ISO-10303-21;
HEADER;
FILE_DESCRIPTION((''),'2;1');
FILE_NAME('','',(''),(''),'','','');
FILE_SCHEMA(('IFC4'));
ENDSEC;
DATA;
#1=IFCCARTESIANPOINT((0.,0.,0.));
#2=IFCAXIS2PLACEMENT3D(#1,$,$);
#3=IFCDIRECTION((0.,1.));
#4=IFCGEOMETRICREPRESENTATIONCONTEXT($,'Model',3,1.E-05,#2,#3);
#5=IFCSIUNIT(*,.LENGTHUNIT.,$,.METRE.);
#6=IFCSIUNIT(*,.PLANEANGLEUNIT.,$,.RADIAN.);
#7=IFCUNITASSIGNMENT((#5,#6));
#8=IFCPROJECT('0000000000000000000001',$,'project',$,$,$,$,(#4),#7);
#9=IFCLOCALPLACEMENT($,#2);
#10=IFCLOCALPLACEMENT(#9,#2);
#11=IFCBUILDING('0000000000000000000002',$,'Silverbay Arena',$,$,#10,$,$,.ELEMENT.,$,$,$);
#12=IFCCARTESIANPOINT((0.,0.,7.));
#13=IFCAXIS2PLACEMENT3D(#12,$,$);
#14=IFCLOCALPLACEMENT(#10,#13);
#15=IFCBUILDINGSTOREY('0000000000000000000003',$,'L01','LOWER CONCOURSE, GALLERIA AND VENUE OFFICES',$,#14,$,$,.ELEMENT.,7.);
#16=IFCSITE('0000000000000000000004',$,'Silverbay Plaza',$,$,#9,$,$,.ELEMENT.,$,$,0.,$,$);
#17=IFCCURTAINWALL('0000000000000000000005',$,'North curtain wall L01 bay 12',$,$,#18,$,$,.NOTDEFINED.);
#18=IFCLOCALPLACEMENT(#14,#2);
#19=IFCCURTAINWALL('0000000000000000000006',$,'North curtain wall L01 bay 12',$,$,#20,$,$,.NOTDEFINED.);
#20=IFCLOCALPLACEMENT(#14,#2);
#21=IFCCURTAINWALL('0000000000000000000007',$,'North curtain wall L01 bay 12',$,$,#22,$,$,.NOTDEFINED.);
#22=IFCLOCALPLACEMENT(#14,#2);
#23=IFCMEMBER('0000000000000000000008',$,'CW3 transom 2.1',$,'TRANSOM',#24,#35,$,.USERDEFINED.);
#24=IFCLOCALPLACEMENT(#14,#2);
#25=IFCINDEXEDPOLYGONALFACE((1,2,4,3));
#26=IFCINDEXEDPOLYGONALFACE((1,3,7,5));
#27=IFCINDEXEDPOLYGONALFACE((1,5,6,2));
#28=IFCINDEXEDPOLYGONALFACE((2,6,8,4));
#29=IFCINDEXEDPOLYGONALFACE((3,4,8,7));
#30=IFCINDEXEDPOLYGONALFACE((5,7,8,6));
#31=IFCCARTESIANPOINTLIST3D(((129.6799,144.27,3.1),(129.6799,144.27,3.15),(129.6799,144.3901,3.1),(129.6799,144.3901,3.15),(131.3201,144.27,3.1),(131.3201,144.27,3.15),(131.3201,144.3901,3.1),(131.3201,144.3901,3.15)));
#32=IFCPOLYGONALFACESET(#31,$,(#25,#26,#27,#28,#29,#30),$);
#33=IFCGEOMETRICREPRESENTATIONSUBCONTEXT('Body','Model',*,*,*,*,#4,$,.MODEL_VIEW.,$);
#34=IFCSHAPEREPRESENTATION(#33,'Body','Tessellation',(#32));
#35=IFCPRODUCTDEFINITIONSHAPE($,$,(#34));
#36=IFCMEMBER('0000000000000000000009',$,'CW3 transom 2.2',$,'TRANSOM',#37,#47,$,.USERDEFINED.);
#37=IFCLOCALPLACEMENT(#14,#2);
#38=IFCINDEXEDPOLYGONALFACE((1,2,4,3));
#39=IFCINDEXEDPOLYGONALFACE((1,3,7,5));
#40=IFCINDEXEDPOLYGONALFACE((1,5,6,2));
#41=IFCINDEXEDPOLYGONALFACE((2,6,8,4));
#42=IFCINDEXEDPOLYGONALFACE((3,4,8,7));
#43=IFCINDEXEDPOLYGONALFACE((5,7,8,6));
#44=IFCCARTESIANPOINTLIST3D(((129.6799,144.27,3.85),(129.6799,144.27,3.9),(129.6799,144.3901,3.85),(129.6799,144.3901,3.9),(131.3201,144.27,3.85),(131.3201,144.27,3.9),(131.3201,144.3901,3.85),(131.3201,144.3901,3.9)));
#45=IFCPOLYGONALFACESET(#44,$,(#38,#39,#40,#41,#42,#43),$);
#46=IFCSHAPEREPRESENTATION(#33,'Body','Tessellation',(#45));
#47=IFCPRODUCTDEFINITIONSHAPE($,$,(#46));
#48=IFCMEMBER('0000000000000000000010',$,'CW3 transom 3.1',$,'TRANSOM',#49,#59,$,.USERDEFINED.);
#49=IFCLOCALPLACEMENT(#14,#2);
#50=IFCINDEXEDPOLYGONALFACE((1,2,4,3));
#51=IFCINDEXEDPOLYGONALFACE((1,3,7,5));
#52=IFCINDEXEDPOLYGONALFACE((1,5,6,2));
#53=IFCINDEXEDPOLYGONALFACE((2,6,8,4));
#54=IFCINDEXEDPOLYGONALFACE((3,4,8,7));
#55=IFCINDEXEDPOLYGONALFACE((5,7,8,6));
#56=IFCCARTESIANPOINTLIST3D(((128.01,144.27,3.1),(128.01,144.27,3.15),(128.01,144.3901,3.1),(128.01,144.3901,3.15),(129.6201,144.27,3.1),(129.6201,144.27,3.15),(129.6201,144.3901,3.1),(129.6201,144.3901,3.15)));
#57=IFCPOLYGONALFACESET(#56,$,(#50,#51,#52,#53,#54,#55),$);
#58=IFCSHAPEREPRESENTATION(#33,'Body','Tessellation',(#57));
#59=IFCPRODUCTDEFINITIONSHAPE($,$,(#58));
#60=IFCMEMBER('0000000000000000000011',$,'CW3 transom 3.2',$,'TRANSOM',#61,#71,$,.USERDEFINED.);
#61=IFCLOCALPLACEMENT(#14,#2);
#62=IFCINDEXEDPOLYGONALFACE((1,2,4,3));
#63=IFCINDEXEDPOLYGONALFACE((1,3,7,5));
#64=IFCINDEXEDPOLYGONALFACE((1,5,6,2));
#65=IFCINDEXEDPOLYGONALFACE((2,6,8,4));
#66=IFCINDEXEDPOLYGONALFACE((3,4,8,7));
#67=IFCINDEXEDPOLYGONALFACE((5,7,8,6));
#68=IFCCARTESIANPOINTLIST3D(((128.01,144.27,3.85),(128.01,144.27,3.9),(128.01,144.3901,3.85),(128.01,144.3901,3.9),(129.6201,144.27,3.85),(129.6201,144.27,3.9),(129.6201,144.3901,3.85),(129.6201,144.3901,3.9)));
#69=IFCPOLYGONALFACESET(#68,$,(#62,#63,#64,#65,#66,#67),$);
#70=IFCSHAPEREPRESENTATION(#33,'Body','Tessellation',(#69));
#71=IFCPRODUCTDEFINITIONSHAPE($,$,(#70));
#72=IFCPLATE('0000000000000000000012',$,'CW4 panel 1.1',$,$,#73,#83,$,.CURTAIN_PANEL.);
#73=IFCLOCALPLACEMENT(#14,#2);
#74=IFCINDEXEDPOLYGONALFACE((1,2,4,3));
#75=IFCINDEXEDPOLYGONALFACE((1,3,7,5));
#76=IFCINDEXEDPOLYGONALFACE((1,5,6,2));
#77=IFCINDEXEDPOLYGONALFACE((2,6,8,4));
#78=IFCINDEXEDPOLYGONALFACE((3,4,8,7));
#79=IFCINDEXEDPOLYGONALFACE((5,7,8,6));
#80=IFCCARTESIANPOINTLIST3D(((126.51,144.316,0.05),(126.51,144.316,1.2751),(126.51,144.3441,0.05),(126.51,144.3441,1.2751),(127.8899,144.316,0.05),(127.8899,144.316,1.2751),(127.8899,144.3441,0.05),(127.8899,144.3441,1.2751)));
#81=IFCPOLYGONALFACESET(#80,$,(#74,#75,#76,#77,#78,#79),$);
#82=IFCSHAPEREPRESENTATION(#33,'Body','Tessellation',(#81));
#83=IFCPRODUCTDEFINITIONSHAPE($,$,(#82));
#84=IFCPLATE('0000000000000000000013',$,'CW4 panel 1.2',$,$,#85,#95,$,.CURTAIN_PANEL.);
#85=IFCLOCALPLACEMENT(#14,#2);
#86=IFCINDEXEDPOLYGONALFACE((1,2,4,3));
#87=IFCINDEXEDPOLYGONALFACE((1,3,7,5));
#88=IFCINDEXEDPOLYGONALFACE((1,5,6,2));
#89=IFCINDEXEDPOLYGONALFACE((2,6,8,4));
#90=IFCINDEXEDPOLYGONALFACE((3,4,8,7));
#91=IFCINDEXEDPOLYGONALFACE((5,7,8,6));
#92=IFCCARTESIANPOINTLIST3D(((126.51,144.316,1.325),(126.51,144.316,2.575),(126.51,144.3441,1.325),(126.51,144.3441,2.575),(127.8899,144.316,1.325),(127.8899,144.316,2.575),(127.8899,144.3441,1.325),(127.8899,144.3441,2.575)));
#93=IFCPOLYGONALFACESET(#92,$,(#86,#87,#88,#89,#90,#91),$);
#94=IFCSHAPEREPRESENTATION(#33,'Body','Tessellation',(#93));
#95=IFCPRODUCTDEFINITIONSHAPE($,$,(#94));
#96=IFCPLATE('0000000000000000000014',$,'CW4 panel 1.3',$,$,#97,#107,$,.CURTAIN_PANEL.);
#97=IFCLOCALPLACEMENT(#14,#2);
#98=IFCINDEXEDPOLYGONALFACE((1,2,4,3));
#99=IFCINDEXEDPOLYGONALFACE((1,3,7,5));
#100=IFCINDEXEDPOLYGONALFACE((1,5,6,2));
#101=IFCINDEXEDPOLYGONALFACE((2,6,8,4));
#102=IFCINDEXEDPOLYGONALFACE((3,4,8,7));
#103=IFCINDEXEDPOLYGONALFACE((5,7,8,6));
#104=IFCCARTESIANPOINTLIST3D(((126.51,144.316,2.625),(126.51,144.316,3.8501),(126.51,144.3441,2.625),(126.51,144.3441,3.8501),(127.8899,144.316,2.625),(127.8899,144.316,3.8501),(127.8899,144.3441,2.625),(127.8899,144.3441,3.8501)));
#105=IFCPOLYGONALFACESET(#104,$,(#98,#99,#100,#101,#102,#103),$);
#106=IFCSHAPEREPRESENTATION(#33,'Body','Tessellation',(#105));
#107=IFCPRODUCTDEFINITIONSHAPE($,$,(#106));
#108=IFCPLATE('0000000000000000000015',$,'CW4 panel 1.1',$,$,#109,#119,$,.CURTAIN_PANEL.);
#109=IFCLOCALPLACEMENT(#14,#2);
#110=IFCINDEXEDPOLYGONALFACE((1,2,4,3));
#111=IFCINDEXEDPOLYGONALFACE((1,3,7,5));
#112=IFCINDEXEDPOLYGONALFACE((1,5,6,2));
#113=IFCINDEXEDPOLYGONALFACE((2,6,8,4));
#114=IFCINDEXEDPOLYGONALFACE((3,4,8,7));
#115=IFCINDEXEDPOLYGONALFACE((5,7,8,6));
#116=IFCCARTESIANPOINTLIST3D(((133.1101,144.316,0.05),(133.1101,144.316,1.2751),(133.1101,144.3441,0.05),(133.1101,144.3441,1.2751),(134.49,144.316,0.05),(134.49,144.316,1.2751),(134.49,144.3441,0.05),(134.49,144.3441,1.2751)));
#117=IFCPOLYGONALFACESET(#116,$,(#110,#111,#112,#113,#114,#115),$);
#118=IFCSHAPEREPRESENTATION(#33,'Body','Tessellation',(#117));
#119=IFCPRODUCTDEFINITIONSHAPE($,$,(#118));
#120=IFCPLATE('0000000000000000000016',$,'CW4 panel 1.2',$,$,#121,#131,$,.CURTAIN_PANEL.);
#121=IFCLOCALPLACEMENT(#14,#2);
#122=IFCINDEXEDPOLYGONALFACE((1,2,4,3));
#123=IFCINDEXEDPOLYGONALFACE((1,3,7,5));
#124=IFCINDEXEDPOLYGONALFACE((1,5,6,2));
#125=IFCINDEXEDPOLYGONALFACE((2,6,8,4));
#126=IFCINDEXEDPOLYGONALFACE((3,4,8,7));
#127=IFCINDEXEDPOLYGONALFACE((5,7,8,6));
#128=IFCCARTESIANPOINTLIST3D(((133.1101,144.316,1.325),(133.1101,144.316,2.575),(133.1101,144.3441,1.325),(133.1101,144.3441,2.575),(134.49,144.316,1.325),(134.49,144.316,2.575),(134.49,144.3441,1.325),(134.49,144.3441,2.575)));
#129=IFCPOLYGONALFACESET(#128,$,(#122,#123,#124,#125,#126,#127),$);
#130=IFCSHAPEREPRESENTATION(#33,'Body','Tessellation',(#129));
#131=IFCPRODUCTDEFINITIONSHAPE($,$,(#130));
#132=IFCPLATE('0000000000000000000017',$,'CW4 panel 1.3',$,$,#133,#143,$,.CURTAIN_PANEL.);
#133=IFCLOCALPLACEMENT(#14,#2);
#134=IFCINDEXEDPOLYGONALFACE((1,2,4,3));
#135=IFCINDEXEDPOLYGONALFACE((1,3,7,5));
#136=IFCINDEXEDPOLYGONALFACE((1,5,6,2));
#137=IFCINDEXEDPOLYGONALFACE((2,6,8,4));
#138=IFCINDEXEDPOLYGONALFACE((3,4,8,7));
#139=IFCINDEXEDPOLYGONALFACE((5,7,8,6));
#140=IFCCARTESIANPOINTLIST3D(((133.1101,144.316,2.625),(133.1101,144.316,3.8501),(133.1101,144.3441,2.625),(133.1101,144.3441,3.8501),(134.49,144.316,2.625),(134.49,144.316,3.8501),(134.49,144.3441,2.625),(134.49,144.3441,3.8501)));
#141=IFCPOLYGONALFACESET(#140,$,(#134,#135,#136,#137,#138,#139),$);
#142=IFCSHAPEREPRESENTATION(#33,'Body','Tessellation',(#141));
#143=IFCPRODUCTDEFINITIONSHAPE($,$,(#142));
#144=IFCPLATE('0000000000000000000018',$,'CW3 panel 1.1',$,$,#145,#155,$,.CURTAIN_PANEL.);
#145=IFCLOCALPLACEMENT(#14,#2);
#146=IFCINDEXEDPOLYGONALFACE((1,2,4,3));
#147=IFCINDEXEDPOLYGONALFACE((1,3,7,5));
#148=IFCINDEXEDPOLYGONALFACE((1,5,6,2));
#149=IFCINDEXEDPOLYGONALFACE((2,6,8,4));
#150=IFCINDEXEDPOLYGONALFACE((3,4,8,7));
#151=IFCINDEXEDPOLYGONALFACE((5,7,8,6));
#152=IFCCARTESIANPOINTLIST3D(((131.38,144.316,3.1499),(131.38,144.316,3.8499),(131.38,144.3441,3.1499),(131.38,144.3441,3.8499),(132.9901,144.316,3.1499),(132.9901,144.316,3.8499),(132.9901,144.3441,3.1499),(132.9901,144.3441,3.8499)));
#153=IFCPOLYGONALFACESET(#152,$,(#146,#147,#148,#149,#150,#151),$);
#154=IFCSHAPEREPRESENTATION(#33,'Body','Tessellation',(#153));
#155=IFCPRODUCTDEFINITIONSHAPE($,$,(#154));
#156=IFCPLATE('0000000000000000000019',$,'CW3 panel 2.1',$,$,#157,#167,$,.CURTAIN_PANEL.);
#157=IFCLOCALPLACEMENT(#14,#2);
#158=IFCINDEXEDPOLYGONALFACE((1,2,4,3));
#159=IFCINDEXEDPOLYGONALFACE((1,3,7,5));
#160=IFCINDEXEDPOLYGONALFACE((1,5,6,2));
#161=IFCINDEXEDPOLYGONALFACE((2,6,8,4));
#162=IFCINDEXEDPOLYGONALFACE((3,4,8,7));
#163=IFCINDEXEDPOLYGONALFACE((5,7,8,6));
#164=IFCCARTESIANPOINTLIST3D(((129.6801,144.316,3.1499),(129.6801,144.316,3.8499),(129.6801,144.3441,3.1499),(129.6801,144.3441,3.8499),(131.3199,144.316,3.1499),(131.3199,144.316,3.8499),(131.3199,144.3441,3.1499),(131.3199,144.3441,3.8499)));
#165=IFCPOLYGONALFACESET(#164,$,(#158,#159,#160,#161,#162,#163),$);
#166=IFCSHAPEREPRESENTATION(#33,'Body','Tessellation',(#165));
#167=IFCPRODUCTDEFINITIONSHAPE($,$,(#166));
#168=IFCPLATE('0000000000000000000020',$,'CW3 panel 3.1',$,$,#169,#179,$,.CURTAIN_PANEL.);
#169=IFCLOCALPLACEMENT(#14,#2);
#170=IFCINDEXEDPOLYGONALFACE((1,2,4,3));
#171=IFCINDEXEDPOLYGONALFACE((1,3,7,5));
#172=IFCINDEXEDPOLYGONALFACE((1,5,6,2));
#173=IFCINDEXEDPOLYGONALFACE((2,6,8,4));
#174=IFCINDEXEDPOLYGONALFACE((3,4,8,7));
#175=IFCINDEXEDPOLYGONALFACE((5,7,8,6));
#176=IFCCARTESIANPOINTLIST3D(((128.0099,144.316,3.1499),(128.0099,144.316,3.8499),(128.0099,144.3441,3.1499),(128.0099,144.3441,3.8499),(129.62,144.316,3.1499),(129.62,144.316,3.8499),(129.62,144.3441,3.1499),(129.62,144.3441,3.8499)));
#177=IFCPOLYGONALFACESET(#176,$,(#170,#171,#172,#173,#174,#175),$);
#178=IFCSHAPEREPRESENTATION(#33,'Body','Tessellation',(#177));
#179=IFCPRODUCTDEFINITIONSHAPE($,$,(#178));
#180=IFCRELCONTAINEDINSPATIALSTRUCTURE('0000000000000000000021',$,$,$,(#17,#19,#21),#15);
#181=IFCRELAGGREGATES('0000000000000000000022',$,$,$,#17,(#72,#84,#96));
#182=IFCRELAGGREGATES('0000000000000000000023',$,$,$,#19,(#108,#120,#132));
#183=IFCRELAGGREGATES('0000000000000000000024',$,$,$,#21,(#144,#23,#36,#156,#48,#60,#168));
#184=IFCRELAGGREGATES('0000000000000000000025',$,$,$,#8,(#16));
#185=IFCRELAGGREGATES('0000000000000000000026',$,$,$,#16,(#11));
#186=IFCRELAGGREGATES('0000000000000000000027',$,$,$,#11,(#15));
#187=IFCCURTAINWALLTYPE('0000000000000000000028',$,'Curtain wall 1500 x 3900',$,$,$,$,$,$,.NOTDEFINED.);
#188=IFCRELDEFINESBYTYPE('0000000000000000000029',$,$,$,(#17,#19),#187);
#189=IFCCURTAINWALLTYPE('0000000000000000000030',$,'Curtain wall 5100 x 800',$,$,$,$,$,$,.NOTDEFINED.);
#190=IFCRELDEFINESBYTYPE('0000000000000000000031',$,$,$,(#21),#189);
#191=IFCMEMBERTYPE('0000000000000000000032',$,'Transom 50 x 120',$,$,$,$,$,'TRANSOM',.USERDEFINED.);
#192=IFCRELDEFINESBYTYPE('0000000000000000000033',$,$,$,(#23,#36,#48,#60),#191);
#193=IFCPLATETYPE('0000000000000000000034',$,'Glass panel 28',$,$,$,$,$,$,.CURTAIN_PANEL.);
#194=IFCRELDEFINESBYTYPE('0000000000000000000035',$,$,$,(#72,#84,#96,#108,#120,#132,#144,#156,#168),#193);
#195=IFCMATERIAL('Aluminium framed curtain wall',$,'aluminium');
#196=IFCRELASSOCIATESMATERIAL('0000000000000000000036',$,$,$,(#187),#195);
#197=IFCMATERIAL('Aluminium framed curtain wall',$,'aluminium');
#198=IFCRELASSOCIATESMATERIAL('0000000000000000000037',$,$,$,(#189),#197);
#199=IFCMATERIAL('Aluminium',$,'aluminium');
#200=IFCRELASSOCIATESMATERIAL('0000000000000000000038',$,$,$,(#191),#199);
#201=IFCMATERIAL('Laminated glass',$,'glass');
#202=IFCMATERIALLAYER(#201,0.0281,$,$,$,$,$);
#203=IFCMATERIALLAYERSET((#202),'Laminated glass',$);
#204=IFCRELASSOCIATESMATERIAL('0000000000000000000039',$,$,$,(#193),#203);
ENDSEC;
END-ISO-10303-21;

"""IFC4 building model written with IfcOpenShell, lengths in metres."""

from ifc_helpers import new_model, si_unit, direction, frame, origin, origin_2d, place, context, subcontext, project, spatial, rectangle, extrude, material, layer, layer_set, material_profile, profile_set, type_object, element, aggregate, save


model = new_model("IFC4")

# Units and contexts
model_context = context("Model", 3, precision=1e-05, world=origin(), true_north=direction((0.0, 1.0)))
body_context = subcontext(model_context, "Body", "Model", "MODEL_VIEW")
ifc_project = project(units=[si_unit("LENGTHUNIT", "METRE"), si_unit("PLANEANGLEUNIT", "RADIAN")], contexts=[model_context])

# Site, building, storey
site_placement = place(None, origin())
site = spatial("IfcSite", under=ifc_project, at=site_placement, Name="Silverbay Plaza", CompositionType="ELEMENT", RefElevation=0.0)
building_placement = place(site_placement, origin())
building = spatial("IfcBuilding", under=site, at=building_placement, Name="Silverbay Arena", CompositionType="ELEMENT")
storey_placement = place(building_placement, frame((0.0, 0.0, 7.0)))
storey = spatial("IfcBuildingStorey", under=building, at=storey_placement, Name="L01", Description="LOWER CONCOURSE, GALLERIA AND VENUE OFFICES", CompositionType="ELEMENT", Elevation=7.0)

# Curtain walls
ifc_material_1 = material(Name="Aluminium framed curtain wall", Category="aluminium")
curtain_wall_type_1 = type_object("IfcCurtainWallType", Name="Curtain wall 1500 x 3900", PredefinedType="NOTDEFINED", material=ifc_material_1)
curtain_wall_1_placement = place(storey_placement, origin())
curtain_wall_1 = element("IfcCurtainWall", 1, at=curtain_wall_1_placement, inside=storey, type_object=curtain_wall_type_1, Name="North curtain wall L01 bay 12", PredefinedType="NOTDEFINED")
curtain_wall_2_placement = place(storey_placement, origin())
curtain_wall_2 = element("IfcCurtainWall", 2, at=curtain_wall_2_placement, inside=storey, type_object=curtain_wall_type_1, Name="North curtain wall L01 bay 12", PredefinedType="NOTDEFINED")

# Curtain wall
ifc_material_2 = material(Name="Aluminium framed curtain wall", Category="aluminium")
curtain_wall_type_2 = type_object("IfcCurtainWallType", Name="Curtain wall 5100 x 800", PredefinedType="NOTDEFINED", material=ifc_material_2)
curtain_wall_3_placement = place(storey_placement, origin())
curtain_wall_3 = element("IfcCurtainWall", 3, at=curtain_wall_3_placement, inside=storey, type_object=curtain_wall_type_2, Name="North curtain wall L01 bay 12", PredefinedType="NOTDEFINED")

# Members
ifc_material_3 = material(Name="Aluminium", Category="aluminium")
ifc_material_profile_1 = material_profile(ifc_material_3, rectangle(XDim=0.1201, YDim=0.05, at=origin_2d()), Name="Transom 50 x 120")
ifc_profile_set_1 = profile_set([ifc_material_profile_1], Name="Aluminium")
member_type_1 = type_object("IfcMemberType", Name="Transom 50 x 120", ElementType="TRANSOM", PredefinedType="USERDEFINED", material=ifc_profile_set_1)
member_1_placement = place(storey_placement, frame((131.3201, 144.3301, 3.125), z_axis=(-1.0, 0.0, 0.0), x_axis=(0.0, -1.0, 0.0)))
member_1 = element("IfcMember", 4, at=member_1_placement, type_object=member_type_1, Name="CW3 transom 2.1", ObjectType="TRANSOM", PredefinedType="USERDEFINED", context=body_context, shape_type="SweptSolid", body=[
    extrude(rectangle(XDim=0.1201, YDim=0.05, at=origin_2d()), origin(), (0.0, 0.0, 1.0), 1.6401),
])
member_2_placement = place(storey_placement, frame((131.3201, 144.3301, 3.875), z_axis=(-1.0, 0.0, 0.0), x_axis=(0.0, -1.0, 0.0)))
member_2 = element("IfcMember", 5, at=member_2_placement, type_object=member_type_1, Name="CW3 transom 2.2", ObjectType="TRANSOM", PredefinedType="USERDEFINED", context=body_context, shape_type="SweptSolid", body=[
    extrude(rectangle(XDim=0.1201, YDim=0.05, at=origin_2d()), origin(), (0.0, 0.0, 1.0), 1.6401),
])
member_3_placement = place(storey_placement, frame((129.6201, 144.3301, 3.125), z_axis=(-1.0, 0.0, 0.0), x_axis=(0.0, -1.0, 0.0)))
member_3 = element("IfcMember", 6, at=member_3_placement, type_object=member_type_1, Name="CW3 transom 3.1", ObjectType="TRANSOM", PredefinedType="USERDEFINED", context=body_context, shape_type="SweptSolid", body=[
    extrude(rectangle(XDim=0.1201, YDim=0.05, at=origin_2d()), origin(), (0.0, 0.0, 1.0), 1.6101),
])
member_4_placement = place(storey_placement, frame((129.6201, 144.3301, 3.875), z_axis=(-1.0, 0.0, 0.0), x_axis=(0.0, -1.0, 0.0)))
member_4 = element("IfcMember", 7, at=member_4_placement, type_object=member_type_1, Name="CW3 transom 3.2", ObjectType="TRANSOM", PredefinedType="USERDEFINED", context=body_context, shape_type="SweptSolid", body=[
    extrude(rectangle(XDim=0.1201, YDim=0.05, at=origin_2d()), origin(), (0.0, 0.0, 1.0), 1.6101),
])

# Plates
ifc_material_4 = material(Name="Laminated glass", Category="glass")
ifc_layer_1 = layer(ifc_material_4, 0.0281)
ifc_layer_set_1 = layer_set([ifc_layer_1], Name="Laminated glass")
plate_type = type_object("IfcPlateType", Name="Glass panel 28", PredefinedType="CURTAIN_PANEL", material=ifc_layer_set_1)
plate_1_placement = place(storey_placement, frame((127.2, 144.3301, 0.05), z_axis=(0.0, 0.0, 1.0), x_axis=(-1.0, 0.0, 0.0)))
plate_1 = element("IfcPlate", 8, at=plate_1_placement, type_object=plate_type, Name="CW4 panel 1.1", PredefinedType="CURTAIN_PANEL", context=body_context, shape_type="SweptSolid", body=[
    extrude(rectangle(XDim=1.3799, YDim=0.0281, at=origin_2d()), origin(), (0.0, 0.0, 1.0), 1.2251),
])
plate_2_placement = place(storey_placement, frame((127.2, 144.3301, 1.325), z_axis=(0.0, 0.0, 1.0), x_axis=(-1.0, 0.0, 0.0)))
plate_2 = element("IfcPlate", 9, at=plate_2_placement, type_object=plate_type, Name="CW4 panel 1.2", PredefinedType="CURTAIN_PANEL", context=body_context, shape_type="SweptSolid", body=[
    extrude(rectangle(XDim=1.3799, YDim=0.0281, at=origin_2d()), origin(), (0.0, 0.0, 1.0), 1.25),
])
plate_3_placement = place(storey_placement, frame((127.2, 144.3301, 2.625), z_axis=(0.0, 0.0, 1.0), x_axis=(-1.0, 0.0, 0.0)))
plate_3 = element("IfcPlate", 10, at=plate_3_placement, type_object=plate_type, Name="CW4 panel 1.3", PredefinedType="CURTAIN_PANEL", context=body_context, shape_type="SweptSolid", body=[
    extrude(rectangle(XDim=1.3799, YDim=0.0281, at=origin_2d()), origin(), (0.0, 0.0, 1.0), 1.2251),
])
aggregate(curtain_wall_1, [plate_1, plate_2, plate_3])
plate_4_placement = place(storey_placement, frame((133.8, 144.3301, 0.05), z_axis=(0.0, 0.0, 1.0), x_axis=(-1.0, 0.0, 0.0)))
plate_4 = element("IfcPlate", 11, at=plate_4_placement, type_object=plate_type, Name="CW4 panel 1.1", PredefinedType="CURTAIN_PANEL", context=body_context, shape_type="SweptSolid", body=[
    extrude(rectangle(XDim=1.3799, YDim=0.0281, at=origin_2d()), origin(), (0.0, 0.0, 1.0), 1.2251),
])
plate_5_placement = place(storey_placement, frame((133.8, 144.3301, 1.325), z_axis=(0.0, 0.0, 1.0), x_axis=(-1.0, 0.0, 0.0)))
plate_5 = element("IfcPlate", 12, at=plate_5_placement, type_object=plate_type, Name="CW4 panel 1.2", PredefinedType="CURTAIN_PANEL", context=body_context, shape_type="SweptSolid", body=[
    extrude(rectangle(XDim=1.3799, YDim=0.0281, at=origin_2d()), origin(), (0.0, 0.0, 1.0), 1.25),
])
plate_6_placement = place(storey_placement, frame((133.8, 144.3301, 2.625), z_axis=(0.0, 0.0, 1.0), x_axis=(-1.0, 0.0, 0.0)))
plate_6 = element("IfcPlate", 13, at=plate_6_placement, type_object=plate_type, Name="CW4 panel 1.3", PredefinedType="CURTAIN_PANEL", context=body_context, shape_type="SweptSolid", body=[
    extrude(rectangle(XDim=1.3799, YDim=0.0281, at=origin_2d()), origin(), (0.0, 0.0, 1.0), 1.2251),
])
aggregate(curtain_wall_2, [plate_4, plate_5, plate_6])
plate_7_placement = place(storey_placement, frame((132.1851, 144.3301, 3.1499), z_axis=(0.0, 0.0, 1.0), x_axis=(-1.0, 0.0, 0.0)))
plate_7 = element("IfcPlate", 14, at=plate_7_placement, type_object=plate_type, Name="CW3 panel 1.1", PredefinedType="CURTAIN_PANEL", context=body_context, shape_type="SweptSolid", body=[
    extrude(rectangle(XDim=1.6101, YDim=0.0281, at=origin_2d()), origin(), (0.0, 0.0, 1.0), 0.7),
])
plate_8_placement = place(storey_placement, frame((130.5, 144.3301, 3.1499), z_axis=(0.0, 0.0, 1.0), x_axis=(-1.0, 0.0, 0.0)))
plate_8 = element("IfcPlate", 15, at=plate_8_placement, type_object=plate_type, Name="CW3 panel 2.1", PredefinedType="CURTAIN_PANEL", context=body_context, shape_type="SweptSolid", body=[
    extrude(rectangle(XDim=1.6399, YDim=0.0281, at=origin_2d()), origin(), (0.0, 0.0, 1.0), 0.7),
])
plate_9_placement = place(storey_placement, frame((128.8149, 144.3301, 3.1499), z_axis=(0.0, 0.0, 1.0), x_axis=(-1.0, 0.0, 0.0)))
plate_9 = element("IfcPlate", 16, at=plate_9_placement, type_object=plate_type, Name="CW3 panel 3.1", PredefinedType="CURTAIN_PANEL", context=body_context, shape_type="SweptSolid", body=[
    extrude(rectangle(XDim=1.6101, YDim=0.0281, at=origin_2d()), origin(), (0.0, 0.0, 1.0), 0.7),
])
aggregate(curtain_wall_3, [plate_7, member_1, member_2, plate_8, member_3, member_4, plate_9])

save(model, "model.ifc")
